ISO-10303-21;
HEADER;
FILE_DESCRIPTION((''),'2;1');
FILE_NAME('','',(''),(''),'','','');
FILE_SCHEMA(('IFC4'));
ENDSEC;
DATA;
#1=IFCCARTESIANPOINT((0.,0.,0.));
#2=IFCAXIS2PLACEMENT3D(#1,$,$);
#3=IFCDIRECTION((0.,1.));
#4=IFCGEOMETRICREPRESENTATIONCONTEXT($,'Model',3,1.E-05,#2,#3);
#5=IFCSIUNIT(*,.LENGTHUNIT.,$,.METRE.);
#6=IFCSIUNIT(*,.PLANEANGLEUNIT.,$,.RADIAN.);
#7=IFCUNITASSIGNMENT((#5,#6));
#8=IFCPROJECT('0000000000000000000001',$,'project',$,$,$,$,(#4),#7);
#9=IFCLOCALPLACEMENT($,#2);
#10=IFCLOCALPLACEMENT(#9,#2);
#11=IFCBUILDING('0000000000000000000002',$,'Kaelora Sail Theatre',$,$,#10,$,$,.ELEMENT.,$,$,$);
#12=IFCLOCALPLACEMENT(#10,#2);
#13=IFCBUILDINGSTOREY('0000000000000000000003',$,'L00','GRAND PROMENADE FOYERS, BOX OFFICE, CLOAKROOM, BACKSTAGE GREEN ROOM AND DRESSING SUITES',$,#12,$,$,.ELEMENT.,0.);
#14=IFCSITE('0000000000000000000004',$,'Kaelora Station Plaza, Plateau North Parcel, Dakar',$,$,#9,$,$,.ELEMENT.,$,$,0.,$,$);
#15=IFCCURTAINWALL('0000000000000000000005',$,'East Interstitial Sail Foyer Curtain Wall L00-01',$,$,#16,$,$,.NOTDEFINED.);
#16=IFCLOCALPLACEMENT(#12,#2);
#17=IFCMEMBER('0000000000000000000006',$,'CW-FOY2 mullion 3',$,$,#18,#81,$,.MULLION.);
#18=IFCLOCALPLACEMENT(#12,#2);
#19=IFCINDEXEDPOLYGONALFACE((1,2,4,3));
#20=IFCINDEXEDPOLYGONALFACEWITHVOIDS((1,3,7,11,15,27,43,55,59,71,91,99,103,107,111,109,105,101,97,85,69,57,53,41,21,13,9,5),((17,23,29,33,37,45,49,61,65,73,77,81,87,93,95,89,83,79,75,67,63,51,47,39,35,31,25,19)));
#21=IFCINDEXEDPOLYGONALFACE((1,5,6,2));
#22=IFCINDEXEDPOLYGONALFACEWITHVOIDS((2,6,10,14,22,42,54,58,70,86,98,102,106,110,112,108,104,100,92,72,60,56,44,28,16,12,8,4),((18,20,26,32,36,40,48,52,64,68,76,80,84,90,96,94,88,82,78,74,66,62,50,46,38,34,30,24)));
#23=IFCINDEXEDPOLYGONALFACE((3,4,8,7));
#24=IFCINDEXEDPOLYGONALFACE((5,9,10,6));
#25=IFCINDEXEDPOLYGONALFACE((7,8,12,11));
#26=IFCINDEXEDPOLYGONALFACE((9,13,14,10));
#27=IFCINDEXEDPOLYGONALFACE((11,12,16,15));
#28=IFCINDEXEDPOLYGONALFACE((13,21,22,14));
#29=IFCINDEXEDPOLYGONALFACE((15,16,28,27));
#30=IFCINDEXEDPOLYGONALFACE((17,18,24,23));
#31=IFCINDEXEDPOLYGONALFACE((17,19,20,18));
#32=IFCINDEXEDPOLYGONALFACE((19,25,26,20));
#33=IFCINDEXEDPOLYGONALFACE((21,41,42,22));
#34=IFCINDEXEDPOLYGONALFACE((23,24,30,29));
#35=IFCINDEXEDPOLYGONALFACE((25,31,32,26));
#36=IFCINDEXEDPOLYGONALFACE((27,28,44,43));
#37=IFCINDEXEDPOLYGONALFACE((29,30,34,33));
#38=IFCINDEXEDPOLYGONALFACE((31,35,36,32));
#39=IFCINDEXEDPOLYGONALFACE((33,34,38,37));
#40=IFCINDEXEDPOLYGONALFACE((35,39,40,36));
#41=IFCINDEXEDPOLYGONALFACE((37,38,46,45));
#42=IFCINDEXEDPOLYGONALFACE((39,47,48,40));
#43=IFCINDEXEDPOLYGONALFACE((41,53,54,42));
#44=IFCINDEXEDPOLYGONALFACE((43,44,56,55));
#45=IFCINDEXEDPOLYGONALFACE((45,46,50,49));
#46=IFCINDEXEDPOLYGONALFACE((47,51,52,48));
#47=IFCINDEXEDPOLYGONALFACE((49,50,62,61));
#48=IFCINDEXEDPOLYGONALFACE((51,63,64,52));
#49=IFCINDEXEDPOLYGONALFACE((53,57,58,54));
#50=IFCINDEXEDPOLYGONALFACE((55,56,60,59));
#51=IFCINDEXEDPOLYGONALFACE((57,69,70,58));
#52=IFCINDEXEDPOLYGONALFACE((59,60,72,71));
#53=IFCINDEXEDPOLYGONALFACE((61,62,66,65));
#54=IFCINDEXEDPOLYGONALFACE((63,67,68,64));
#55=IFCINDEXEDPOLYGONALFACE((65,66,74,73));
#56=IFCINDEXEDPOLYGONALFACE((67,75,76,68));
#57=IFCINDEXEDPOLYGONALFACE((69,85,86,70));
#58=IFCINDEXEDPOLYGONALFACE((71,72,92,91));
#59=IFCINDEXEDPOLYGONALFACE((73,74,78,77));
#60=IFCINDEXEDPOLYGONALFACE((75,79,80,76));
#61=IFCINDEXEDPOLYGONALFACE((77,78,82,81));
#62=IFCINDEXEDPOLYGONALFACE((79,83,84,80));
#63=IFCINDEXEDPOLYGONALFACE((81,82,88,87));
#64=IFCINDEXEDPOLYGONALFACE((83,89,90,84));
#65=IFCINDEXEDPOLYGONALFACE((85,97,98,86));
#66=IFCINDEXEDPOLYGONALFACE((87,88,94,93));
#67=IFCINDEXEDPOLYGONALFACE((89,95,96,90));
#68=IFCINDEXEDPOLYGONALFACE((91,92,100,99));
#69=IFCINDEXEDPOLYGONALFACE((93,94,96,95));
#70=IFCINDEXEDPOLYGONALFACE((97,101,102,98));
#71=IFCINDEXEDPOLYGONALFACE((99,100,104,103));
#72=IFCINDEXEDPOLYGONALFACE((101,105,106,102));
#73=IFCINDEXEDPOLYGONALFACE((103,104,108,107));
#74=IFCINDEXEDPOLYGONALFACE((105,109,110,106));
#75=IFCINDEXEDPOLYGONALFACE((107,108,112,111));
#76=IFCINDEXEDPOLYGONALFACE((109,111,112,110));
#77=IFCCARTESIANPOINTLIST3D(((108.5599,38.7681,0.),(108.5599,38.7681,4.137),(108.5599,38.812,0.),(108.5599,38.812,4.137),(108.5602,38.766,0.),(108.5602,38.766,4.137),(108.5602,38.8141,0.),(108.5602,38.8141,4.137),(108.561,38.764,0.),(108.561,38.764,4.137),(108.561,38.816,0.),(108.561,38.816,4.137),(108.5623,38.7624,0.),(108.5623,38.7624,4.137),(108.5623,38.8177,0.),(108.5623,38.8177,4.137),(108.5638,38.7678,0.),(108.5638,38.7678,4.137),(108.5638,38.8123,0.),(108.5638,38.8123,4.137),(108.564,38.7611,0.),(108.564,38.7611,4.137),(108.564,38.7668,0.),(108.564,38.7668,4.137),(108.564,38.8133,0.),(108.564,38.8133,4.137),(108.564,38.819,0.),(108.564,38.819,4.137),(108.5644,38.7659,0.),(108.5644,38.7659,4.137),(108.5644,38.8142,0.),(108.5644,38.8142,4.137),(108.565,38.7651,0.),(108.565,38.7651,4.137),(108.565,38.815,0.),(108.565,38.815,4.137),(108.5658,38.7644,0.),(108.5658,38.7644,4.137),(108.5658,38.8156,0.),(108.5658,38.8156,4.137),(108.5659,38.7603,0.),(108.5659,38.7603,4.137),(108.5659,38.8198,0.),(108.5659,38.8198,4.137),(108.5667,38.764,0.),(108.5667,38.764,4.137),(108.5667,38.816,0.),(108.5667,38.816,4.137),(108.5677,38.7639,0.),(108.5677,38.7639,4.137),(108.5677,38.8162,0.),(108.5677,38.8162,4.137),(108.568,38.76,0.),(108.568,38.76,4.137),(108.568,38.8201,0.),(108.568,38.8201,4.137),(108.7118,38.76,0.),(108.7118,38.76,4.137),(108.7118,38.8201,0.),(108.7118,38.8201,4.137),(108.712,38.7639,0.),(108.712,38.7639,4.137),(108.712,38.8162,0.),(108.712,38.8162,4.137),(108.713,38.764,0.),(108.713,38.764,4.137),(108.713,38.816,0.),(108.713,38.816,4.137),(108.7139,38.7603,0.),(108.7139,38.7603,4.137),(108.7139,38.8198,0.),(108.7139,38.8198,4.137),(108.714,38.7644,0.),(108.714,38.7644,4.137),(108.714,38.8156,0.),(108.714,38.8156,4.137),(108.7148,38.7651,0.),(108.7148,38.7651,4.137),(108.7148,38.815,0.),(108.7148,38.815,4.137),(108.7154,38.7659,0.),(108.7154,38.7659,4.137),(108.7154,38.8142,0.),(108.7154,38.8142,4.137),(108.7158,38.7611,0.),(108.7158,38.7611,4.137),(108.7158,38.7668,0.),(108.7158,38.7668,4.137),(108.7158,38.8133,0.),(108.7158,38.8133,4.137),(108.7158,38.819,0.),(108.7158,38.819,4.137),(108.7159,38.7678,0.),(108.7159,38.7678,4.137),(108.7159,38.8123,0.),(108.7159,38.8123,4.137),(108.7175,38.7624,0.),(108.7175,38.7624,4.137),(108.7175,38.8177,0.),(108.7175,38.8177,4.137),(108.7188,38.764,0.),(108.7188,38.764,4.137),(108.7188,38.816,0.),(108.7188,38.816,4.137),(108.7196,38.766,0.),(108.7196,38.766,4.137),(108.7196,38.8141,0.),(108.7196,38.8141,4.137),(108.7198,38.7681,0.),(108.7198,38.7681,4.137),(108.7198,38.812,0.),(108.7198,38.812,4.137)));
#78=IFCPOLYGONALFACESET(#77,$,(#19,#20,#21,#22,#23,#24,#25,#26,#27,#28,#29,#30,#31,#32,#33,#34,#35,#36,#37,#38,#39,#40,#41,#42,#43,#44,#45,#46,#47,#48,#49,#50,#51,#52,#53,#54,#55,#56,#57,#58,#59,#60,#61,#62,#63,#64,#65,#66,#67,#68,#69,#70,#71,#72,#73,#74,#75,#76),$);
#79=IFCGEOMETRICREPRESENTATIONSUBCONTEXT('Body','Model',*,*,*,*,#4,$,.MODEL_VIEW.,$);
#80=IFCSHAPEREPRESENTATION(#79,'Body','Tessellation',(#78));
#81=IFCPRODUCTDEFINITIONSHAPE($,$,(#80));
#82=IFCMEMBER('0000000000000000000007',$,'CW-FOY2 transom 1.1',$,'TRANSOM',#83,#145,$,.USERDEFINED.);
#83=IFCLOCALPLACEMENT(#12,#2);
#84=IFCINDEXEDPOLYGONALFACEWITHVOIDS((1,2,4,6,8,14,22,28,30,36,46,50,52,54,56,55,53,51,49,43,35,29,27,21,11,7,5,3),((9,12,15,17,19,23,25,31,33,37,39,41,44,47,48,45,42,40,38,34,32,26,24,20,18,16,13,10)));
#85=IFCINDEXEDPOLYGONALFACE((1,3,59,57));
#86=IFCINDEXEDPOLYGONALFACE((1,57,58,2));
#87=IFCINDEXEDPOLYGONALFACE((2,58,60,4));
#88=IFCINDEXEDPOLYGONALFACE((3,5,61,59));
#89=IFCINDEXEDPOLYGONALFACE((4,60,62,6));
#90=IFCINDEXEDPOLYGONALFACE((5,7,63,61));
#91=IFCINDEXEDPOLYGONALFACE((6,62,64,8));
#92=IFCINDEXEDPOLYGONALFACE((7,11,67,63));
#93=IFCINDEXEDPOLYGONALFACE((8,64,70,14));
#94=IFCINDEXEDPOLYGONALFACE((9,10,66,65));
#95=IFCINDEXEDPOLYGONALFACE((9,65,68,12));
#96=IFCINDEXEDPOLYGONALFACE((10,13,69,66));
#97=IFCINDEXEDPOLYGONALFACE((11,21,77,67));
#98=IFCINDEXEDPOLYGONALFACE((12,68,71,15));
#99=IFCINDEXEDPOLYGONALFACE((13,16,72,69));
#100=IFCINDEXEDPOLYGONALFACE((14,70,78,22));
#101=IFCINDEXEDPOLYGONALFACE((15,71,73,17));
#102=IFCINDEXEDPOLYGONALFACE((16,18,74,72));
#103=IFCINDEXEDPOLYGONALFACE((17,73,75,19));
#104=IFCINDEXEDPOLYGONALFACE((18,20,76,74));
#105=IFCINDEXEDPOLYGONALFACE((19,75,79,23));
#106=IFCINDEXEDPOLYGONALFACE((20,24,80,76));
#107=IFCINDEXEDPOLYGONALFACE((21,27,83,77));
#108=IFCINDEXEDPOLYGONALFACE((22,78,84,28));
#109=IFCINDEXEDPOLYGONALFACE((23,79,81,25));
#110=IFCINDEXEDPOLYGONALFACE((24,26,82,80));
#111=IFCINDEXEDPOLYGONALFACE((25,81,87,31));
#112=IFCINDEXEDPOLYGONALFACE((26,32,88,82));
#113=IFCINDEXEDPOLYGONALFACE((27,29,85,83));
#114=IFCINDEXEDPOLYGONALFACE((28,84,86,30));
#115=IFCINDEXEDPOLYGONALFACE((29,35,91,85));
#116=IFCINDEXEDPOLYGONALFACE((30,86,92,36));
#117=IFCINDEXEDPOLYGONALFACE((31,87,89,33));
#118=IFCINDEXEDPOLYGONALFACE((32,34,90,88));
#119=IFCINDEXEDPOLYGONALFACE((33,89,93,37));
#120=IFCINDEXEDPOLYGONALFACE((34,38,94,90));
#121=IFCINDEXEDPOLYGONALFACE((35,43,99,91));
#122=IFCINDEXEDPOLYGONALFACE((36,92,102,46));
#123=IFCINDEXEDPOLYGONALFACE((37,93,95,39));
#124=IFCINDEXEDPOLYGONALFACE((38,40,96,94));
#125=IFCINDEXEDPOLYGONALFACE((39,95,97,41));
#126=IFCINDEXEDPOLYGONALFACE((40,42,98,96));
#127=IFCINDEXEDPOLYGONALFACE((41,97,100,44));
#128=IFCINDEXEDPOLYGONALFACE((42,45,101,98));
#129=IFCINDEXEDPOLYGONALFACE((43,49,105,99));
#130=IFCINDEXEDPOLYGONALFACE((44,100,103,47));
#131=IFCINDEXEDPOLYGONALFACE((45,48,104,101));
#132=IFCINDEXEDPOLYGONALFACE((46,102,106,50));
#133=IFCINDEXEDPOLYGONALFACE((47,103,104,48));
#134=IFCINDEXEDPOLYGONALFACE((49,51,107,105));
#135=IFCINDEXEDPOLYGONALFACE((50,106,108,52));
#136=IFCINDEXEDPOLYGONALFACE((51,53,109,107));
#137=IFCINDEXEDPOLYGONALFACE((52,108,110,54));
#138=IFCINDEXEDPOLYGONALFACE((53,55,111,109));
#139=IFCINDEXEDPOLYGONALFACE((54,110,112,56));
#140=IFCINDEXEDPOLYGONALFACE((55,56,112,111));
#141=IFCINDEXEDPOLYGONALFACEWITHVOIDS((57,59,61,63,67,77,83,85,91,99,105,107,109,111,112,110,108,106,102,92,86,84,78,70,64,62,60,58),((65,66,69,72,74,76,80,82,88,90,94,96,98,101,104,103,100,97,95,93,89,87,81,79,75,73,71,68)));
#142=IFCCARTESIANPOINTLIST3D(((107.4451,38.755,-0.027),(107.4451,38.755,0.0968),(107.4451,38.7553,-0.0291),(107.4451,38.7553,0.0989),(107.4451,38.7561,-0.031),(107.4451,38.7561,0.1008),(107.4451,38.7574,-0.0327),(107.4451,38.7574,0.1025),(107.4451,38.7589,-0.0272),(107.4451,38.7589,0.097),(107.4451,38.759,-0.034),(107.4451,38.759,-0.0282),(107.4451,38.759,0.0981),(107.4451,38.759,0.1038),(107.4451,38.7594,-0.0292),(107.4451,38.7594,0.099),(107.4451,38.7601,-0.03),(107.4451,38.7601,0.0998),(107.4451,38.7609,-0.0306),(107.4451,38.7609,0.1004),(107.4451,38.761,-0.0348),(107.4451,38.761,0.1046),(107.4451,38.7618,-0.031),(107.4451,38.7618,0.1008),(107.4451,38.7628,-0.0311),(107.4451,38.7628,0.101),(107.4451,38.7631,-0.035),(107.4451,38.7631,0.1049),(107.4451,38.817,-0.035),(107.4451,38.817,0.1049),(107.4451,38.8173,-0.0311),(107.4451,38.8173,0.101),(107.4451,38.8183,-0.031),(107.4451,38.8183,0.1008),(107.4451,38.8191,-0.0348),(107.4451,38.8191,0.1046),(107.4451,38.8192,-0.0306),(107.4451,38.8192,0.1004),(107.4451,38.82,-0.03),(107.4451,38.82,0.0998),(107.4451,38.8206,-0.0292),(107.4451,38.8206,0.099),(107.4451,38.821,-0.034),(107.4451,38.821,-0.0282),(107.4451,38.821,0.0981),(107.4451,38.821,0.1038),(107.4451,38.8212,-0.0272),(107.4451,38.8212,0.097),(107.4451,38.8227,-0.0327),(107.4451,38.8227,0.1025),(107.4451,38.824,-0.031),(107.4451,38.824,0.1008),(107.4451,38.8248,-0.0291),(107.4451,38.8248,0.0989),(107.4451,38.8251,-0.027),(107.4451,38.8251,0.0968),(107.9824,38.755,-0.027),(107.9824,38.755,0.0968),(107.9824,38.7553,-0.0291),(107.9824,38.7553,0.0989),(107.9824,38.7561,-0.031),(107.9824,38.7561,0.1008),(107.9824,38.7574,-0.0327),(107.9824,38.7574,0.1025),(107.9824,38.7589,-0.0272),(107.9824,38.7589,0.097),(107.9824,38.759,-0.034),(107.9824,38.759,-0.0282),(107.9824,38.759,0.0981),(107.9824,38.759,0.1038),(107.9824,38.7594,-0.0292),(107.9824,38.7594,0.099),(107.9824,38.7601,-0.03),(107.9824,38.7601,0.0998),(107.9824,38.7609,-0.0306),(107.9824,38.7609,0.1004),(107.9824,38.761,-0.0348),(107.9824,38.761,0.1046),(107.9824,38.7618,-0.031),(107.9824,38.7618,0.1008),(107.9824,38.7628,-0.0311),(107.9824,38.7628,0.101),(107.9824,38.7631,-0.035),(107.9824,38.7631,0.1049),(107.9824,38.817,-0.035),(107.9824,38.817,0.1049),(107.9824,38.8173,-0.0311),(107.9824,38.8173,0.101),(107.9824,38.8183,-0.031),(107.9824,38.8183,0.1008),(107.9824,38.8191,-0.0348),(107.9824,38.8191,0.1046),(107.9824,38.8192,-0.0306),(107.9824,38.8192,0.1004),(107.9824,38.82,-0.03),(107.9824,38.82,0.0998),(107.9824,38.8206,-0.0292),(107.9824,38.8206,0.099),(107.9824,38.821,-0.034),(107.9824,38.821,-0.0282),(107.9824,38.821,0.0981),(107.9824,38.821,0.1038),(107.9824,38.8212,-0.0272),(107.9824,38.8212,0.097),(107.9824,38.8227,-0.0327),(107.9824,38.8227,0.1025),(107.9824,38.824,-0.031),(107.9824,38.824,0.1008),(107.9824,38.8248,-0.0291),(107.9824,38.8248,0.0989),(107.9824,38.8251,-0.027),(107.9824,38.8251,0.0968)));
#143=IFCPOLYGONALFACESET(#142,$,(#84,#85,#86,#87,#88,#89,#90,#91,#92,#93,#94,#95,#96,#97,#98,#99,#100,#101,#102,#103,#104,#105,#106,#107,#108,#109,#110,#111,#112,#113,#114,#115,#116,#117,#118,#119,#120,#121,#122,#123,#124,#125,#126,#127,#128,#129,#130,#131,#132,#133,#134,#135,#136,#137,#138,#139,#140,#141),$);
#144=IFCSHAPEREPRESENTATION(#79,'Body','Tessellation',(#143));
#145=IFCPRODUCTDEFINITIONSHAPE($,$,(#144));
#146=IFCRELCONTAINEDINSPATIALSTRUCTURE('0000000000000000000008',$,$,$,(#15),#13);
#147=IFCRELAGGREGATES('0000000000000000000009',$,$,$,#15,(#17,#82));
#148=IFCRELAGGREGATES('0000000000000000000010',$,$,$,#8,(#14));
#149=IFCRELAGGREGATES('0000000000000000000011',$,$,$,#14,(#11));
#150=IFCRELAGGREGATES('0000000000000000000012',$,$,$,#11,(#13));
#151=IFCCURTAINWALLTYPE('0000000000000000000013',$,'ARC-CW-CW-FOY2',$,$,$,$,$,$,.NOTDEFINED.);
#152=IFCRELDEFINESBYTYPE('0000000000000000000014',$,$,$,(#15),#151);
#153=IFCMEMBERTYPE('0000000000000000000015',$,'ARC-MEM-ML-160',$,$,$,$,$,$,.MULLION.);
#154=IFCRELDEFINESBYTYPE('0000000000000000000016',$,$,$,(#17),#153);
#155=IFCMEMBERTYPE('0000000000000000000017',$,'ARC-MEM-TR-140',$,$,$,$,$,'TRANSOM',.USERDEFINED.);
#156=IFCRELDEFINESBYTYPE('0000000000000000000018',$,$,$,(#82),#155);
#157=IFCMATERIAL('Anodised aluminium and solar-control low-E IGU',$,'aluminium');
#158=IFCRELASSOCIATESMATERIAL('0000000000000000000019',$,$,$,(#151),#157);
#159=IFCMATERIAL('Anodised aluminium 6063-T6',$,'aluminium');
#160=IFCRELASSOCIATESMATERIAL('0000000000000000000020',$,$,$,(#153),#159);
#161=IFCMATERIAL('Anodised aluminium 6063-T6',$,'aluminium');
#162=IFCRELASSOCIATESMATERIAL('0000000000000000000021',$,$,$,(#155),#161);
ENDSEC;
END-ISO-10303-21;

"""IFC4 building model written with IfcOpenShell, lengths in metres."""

from ifc_helpers import new_model, si_unit, direction, frame, origin, origin_2d, place, context, subcontext, project, spatial, hollow_rectangle, extrude, material, material_profile, profile_set, type_object, element, aggregate, save


model = new_model("IFC4")

# Units and contexts
model_context = context("Model", 3, precision=1e-05, world=origin(), true_north=direction((0.0, 1.0)))
body_context = subcontext(model_context, "Body", "Model", "MODEL_VIEW")
ifc_project = project(units=[si_unit("LENGTHUNIT", "METRE"), si_unit("PLANEANGLEUNIT", "RADIAN")], contexts=[model_context])

# Site, building, storey
site_placement = place(None, origin())
site = spatial("IfcSite", under=ifc_project, at=site_placement, Name="Kaelora Station Plaza, Plateau North Parcel, Dakar", CompositionType="ELEMENT", RefElevation=0.0)
building_placement = place(site_placement, origin())
building = spatial("IfcBuilding", under=site, at=building_placement, Name="Kaelora Sail Theatre", CompositionType="ELEMENT")
storey_placement = place(building_placement, origin())
storey = spatial("IfcBuildingStorey", under=building, at=storey_placement, Name="L00", Description="GRAND PROMENADE FOYERS, BOX OFFICE, CLOAKROOM, BACKSTAGE GREEN ROOM AND DRESSING SUITES", CompositionType="ELEMENT", Elevation=0.0)

# Curtain wall, members
ifc_material_1 = material(Name="Anodised aluminium and solar-control low-E IGU", Category="aluminium")
curtain_wall_type = type_object("IfcCurtainWallType", Name="ARC-CW-CW-FOY2", PredefinedType="NOTDEFINED", material=ifc_material_1)
curtain_wall_placement = place(storey_placement, origin())
curtain_wall = element("IfcCurtainWall", 1, at=curtain_wall_placement, inside=storey, type_object=curtain_wall_type, Name="East Interstitial Sail Foyer Curtain Wall L00-01", PredefinedType="NOTDEFINED")
ifc_material_2 = material(Name="Anodised aluminium 6063-T6", Category="aluminium")
ifc_material_profile_1 = material_profile(ifc_material_2, hollow_rectangle(XDim=0.0601, YDim=0.1599, WallThickness=0.0039, InnerFilletRadius=0.0039, OuterFilletRadius=0.0081, at=origin_2d()), Name="ALU-MULL 60x160x4")
ifc_profile_set_1 = profile_set([ifc_material_profile_1], Name="Anodised aluminium 6063-T6")
member_type_1 = type_object("IfcMemberType", Name="ARC-MEM-ML-160", PredefinedType="MULLION", material=ifc_profile_set_1)
member_1_placement = place(storey_placement, frame((108.6399, 38.79, 0.0), z_axis=(0.0, 0.0, 1.0), x_axis=(0.0, 1.0, 0.0)))
member_1 = element("IfcMember", 2, at=member_1_placement, type_object=member_type_1, Name="CW-FOY2 mullion 3", PredefinedType="MULLION", context=body_context, shape_type="SweptSolid", body=[
    extrude(hollow_rectangle(XDim=0.0601, YDim=0.1599, WallThickness=0.0039, InnerFilletRadius=0.0039, OuterFilletRadius=0.0081, at=origin_2d()), origin(), (0.0, 0.0, 1.0), 4.137),
])
ifc_material_3 = material(Name="Anodised aluminium 6063-T6", Category="aluminium")
ifc_material_profile_2 = material_profile(ifc_material_3, hollow_rectangle(XDim=0.0701, YDim=0.1399, WallThickness=0.0039, InnerFilletRadius=0.0039, OuterFilletRadius=0.0081, at=origin_2d()), Name="ALU-TRAN 70x140x4")
ifc_profile_set_2 = profile_set([ifc_material_profile_2], Name="Anodised aluminium 6063-T6")
member_type_2 = type_object("IfcMemberType", Name="ARC-MEM-TR-140", ElementType="TRANSOM", PredefinedType="USERDEFINED", material=ifc_profile_set_2)
member_2_placement = place(storey_placement, frame((107.4451, 38.79, 0.0349), z_axis=(1.0, 0.0, 0.0), x_axis=(0.0, 1.0, 0.0)))
member_2 = element("IfcMember", 3, at=member_2_placement, type_object=member_type_2, Name="CW-FOY2 transom 1.1", ObjectType="TRANSOM", PredefinedType="USERDEFINED", context=body_context, shape_type="SweptSolid", body=[
    extrude(hollow_rectangle(XDim=0.0701, YDim=0.1399, WallThickness=0.0039, InnerFilletRadius=0.0039, OuterFilletRadius=0.0081, at=origin_2d()), origin(), (0.0, 0.0, 1.0), 0.5374),
])
aggregate(curtain_wall, [member_1, member_2])

save(model, "model.ifc")
